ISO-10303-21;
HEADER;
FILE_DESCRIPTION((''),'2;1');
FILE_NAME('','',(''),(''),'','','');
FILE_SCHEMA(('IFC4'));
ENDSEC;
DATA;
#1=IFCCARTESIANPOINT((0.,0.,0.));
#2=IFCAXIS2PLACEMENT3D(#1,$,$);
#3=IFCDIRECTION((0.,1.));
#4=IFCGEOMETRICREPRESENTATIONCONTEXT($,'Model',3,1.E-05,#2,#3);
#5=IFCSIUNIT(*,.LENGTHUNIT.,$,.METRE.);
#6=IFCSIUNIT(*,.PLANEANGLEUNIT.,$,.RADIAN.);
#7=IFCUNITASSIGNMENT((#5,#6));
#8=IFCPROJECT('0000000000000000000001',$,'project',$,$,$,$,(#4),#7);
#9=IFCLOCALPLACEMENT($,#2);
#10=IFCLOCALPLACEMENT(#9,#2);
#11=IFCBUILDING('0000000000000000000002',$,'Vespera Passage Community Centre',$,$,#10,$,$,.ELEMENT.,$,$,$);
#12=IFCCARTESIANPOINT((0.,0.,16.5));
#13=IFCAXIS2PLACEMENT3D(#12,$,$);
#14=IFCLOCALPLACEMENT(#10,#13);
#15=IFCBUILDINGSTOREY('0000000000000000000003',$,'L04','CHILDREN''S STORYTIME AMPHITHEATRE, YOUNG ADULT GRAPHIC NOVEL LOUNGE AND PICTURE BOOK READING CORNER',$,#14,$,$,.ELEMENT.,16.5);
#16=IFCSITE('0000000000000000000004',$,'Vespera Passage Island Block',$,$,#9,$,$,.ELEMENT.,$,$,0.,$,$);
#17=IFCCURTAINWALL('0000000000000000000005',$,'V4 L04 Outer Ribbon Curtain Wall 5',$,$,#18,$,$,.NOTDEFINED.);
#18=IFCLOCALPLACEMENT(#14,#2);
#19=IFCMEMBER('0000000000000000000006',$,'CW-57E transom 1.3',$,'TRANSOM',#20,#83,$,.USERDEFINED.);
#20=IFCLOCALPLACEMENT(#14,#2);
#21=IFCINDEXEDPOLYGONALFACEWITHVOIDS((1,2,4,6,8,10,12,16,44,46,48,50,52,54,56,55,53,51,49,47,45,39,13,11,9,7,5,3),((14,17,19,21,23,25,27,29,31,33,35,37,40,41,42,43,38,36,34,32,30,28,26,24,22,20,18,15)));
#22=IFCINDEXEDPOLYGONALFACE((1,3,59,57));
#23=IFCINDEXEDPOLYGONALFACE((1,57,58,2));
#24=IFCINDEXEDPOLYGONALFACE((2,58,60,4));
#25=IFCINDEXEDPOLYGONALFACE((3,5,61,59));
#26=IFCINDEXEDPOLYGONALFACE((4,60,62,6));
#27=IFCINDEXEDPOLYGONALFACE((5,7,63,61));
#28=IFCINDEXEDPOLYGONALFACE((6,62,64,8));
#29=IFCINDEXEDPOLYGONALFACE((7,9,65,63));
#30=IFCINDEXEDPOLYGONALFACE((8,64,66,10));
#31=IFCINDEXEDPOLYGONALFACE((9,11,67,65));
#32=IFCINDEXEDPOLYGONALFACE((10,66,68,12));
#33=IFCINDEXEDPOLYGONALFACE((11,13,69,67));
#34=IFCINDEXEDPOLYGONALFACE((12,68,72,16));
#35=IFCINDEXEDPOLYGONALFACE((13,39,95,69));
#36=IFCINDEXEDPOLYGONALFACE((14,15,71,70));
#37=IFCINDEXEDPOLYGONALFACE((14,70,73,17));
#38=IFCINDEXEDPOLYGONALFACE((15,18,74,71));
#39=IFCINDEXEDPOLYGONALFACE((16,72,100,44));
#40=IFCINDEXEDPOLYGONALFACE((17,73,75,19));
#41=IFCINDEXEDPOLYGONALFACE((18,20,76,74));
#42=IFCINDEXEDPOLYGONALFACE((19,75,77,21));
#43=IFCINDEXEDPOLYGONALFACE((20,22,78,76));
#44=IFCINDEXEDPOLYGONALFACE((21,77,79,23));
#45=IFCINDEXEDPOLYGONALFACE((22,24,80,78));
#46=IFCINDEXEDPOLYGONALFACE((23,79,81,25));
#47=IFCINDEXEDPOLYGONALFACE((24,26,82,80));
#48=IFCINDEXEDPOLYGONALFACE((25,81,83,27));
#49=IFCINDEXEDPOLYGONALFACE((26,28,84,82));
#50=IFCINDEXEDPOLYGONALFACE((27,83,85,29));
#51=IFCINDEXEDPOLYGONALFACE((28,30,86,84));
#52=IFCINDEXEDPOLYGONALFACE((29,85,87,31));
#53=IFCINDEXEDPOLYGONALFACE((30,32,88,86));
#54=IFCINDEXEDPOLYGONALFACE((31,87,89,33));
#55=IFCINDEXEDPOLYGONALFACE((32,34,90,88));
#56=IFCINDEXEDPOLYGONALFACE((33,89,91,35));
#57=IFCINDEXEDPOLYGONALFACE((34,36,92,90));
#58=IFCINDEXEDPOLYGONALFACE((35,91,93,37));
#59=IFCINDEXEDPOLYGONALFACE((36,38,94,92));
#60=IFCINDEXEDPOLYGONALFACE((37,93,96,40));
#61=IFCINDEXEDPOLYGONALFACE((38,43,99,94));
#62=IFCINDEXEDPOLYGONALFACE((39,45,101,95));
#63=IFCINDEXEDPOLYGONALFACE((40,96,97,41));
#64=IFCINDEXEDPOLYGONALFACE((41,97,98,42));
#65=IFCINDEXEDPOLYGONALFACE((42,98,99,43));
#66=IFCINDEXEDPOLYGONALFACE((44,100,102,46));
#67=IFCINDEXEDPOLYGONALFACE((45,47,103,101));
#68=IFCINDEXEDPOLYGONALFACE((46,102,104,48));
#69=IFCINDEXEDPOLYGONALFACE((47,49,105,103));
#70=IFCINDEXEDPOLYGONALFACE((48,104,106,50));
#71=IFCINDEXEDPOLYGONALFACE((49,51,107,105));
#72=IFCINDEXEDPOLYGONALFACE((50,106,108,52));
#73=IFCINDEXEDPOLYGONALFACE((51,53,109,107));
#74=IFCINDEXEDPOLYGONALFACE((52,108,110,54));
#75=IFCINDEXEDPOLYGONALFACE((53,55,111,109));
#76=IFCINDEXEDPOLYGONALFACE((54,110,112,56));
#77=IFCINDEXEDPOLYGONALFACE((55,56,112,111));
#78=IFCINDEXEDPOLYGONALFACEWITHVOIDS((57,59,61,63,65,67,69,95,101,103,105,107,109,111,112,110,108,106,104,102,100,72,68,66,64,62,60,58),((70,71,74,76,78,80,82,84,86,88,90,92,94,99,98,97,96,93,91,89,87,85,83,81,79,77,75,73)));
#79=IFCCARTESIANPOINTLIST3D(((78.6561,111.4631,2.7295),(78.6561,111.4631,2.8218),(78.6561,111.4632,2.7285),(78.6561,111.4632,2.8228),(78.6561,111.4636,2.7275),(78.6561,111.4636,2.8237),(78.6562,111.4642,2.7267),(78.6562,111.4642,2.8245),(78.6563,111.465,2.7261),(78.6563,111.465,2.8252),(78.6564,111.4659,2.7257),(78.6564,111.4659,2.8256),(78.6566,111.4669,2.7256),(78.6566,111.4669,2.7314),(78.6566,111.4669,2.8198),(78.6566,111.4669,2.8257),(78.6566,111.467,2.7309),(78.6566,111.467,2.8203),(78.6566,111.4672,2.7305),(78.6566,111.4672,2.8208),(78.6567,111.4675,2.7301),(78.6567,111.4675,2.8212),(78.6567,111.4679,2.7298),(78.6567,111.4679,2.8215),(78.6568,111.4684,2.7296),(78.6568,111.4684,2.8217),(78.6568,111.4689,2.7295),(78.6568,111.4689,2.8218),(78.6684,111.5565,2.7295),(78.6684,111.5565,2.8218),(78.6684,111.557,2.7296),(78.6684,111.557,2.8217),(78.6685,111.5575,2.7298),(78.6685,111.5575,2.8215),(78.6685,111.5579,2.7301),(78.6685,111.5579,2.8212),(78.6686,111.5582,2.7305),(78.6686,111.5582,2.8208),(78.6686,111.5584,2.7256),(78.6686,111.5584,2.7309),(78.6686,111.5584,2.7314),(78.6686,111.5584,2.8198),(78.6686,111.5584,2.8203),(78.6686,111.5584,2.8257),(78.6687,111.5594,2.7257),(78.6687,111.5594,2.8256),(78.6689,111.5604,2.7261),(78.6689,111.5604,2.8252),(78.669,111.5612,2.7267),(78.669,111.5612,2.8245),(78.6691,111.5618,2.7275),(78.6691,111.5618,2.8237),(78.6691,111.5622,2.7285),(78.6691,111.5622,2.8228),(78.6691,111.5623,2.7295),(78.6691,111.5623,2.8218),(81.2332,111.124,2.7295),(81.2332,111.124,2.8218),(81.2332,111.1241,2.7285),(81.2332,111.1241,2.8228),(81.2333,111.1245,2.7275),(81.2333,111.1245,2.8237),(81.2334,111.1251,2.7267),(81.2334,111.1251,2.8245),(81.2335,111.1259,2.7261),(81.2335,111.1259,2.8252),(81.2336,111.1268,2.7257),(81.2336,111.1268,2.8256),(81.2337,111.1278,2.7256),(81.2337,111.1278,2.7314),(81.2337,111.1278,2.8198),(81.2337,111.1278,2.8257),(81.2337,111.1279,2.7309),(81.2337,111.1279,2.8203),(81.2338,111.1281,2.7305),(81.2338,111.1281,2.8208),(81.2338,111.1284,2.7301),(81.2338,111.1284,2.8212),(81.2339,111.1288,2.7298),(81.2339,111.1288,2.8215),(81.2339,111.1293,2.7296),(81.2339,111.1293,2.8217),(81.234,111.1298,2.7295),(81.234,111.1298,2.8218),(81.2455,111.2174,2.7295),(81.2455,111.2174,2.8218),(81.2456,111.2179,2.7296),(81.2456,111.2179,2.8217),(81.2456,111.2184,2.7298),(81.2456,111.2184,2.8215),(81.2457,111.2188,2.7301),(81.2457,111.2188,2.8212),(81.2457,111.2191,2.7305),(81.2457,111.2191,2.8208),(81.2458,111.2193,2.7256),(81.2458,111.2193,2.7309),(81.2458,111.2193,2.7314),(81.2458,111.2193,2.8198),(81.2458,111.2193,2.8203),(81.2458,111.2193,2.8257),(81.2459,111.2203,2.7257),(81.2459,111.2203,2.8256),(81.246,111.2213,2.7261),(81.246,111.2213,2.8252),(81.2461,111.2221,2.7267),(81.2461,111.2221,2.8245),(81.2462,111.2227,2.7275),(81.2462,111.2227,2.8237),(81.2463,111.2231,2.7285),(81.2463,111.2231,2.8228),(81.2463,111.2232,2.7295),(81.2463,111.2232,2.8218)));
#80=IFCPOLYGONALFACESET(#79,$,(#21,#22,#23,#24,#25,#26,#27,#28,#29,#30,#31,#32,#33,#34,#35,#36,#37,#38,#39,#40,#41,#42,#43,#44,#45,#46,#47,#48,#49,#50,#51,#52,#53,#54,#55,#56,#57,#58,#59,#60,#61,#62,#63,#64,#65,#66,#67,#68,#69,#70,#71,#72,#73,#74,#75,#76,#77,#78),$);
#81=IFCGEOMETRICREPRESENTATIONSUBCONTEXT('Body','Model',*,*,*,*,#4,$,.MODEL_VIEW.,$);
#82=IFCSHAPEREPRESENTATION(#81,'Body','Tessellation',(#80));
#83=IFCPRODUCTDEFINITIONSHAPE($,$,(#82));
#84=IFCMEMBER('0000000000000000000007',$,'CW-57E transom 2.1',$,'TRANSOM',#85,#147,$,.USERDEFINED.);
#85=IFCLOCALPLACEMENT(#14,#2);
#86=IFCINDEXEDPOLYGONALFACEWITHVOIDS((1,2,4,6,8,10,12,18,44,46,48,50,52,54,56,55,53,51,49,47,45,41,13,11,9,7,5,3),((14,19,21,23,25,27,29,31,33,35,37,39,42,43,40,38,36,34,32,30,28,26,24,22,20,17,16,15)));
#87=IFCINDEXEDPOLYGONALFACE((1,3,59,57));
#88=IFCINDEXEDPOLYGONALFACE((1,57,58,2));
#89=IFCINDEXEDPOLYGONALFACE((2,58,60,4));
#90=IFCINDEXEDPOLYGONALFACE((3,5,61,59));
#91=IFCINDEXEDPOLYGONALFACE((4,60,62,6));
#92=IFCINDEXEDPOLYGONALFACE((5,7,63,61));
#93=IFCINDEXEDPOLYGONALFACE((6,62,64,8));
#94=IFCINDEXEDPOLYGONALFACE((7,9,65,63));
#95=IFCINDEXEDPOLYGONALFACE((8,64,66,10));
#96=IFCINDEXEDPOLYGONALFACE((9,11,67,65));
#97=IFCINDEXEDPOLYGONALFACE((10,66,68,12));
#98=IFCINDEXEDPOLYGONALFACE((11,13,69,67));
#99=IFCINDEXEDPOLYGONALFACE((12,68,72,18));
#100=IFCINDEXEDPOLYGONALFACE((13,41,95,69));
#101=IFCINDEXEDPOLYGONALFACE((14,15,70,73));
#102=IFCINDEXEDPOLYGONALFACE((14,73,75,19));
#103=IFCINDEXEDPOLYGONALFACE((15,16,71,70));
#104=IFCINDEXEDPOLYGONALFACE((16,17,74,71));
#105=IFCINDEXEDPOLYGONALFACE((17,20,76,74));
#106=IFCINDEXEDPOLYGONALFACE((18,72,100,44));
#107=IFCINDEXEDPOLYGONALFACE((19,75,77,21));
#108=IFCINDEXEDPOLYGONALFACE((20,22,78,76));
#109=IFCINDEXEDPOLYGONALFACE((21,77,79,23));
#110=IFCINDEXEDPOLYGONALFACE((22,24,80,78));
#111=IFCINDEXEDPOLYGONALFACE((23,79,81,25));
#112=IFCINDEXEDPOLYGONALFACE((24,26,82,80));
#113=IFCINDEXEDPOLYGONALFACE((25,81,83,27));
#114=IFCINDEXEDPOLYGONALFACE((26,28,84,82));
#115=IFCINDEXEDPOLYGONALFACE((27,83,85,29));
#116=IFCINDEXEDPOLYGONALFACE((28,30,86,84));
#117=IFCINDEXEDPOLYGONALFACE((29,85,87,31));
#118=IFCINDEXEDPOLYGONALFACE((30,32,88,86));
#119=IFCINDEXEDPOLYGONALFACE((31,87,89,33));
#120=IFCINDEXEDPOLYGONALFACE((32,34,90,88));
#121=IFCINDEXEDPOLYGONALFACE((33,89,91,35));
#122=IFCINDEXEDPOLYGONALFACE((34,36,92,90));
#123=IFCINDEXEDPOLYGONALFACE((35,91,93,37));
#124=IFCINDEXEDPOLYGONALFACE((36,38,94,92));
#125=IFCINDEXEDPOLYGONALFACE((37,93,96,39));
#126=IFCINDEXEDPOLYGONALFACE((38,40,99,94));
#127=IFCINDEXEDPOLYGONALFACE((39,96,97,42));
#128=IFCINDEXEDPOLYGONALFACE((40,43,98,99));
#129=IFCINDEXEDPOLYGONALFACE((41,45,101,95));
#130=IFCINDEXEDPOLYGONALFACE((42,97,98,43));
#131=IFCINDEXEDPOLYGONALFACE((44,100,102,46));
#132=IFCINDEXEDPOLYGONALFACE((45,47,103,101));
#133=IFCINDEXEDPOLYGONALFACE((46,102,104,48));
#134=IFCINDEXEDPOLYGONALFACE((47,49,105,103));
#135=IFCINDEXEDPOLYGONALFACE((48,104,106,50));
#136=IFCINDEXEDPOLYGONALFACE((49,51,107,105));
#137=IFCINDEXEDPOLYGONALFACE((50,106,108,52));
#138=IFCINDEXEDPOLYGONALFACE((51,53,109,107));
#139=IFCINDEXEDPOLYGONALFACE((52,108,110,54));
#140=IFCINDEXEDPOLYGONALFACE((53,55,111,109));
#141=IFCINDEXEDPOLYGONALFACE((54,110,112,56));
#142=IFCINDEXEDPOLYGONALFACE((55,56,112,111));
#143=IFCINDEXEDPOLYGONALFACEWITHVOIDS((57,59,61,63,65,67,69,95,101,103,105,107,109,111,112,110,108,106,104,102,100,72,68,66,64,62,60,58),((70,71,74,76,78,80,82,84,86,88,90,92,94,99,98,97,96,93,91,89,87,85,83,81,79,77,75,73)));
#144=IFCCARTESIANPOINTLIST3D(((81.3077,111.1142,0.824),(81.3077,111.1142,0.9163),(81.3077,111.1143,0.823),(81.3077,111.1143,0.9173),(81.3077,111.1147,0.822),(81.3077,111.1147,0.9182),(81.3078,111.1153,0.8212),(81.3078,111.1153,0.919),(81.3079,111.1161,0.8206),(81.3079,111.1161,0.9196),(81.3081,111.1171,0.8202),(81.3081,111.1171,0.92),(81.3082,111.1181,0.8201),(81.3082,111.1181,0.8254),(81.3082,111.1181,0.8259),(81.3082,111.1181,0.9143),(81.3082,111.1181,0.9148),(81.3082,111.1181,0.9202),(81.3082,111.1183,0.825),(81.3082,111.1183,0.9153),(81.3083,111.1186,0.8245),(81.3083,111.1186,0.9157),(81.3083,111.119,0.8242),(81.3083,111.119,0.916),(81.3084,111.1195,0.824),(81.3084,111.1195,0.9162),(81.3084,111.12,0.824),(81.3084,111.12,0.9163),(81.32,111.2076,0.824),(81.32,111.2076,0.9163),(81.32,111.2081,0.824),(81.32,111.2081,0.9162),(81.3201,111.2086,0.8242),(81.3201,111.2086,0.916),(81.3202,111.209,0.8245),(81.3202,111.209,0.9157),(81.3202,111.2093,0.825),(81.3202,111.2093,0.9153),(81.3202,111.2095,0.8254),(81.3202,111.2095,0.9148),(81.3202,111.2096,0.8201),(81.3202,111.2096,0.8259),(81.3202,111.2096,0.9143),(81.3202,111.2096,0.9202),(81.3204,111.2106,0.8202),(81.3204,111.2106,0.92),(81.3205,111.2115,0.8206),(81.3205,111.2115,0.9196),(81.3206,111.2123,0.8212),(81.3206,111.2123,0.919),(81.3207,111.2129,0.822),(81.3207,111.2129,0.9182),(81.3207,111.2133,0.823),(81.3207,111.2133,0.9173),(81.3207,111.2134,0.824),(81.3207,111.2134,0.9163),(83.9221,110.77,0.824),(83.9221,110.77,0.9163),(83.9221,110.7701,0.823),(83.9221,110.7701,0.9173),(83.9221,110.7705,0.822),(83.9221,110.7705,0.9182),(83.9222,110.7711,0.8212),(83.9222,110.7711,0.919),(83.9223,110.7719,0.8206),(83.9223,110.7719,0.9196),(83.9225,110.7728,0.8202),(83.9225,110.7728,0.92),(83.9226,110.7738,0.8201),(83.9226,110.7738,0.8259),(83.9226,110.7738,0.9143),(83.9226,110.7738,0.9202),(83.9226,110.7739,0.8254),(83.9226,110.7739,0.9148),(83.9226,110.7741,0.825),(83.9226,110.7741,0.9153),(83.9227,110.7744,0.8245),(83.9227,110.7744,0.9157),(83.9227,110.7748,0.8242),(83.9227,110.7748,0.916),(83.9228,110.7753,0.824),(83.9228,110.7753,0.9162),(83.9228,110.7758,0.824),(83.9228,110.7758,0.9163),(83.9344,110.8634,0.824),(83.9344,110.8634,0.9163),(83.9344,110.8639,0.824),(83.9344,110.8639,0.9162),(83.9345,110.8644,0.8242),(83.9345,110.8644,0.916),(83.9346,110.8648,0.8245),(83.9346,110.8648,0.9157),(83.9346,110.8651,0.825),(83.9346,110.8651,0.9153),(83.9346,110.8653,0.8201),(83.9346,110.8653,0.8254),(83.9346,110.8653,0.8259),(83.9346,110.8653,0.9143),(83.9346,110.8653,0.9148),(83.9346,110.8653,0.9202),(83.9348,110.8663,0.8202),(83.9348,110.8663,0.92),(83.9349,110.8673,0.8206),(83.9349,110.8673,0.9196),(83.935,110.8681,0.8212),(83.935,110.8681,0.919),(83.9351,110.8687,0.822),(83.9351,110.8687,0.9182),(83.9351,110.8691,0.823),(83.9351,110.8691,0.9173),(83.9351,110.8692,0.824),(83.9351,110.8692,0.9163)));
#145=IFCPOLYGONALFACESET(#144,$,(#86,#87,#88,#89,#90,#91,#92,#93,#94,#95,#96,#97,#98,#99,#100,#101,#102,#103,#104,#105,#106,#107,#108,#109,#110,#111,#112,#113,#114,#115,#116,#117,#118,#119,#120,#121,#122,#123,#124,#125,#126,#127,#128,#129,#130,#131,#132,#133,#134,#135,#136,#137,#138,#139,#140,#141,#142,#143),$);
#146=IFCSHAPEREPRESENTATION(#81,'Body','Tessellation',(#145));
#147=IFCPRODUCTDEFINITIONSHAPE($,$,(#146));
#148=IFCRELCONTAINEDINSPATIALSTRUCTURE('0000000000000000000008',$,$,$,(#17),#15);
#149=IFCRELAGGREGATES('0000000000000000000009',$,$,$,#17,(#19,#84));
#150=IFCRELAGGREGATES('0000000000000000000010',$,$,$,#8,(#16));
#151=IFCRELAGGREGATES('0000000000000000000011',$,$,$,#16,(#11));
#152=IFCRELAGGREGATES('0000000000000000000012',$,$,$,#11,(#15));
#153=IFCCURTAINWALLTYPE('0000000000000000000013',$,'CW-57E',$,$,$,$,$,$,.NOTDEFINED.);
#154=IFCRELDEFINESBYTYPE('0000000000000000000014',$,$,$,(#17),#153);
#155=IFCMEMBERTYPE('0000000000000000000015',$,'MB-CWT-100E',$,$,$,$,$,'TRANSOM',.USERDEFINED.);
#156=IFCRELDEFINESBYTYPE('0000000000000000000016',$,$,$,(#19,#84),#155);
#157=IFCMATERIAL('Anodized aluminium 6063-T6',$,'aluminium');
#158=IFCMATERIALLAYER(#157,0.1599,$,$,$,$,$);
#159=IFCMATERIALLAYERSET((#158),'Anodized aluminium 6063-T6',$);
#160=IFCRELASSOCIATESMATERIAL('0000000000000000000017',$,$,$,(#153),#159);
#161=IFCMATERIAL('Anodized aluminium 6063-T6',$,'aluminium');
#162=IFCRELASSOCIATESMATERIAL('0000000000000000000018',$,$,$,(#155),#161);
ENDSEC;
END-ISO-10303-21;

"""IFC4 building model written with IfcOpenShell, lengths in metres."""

from ifc_helpers import new_model, si_unit, direction, frame, origin, origin_2d, place, context, subcontext, project, spatial, hollow_rectangle, extrude, material, layer, layer_set, material_profile, profile_set, type_object, element, aggregate, save


model = new_model("IFC4")

# Units and contexts
model_context = context("Model", 3, precision=1e-05, world=origin(), true_north=direction((0.0, 1.0)))
body_context = subcontext(model_context, "Body", "Model", "MODEL_VIEW")
ifc_project = project(units=[si_unit("LENGTHUNIT", "METRE"), si_unit("PLANEANGLEUNIT", "RADIAN")], contexts=[model_context])

# Site, building, storey
site_placement = place(None, origin())
site = spatial("IfcSite", under=ifc_project, at=site_placement, Name="Vespera Passage Island Block", CompositionType="ELEMENT", RefElevation=0.0)
building_placement = place(site_placement, origin())
building = spatial("IfcBuilding", under=site, at=building_placement, Name="Vespera Passage Community Centre", CompositionType="ELEMENT")
storey_placement = place(building_placement, frame((0.0, 0.0, 16.5)))
storey = spatial("IfcBuildingStorey", under=building, at=storey_placement, Name="L04", Description="CHILDREN'S STORYTIME AMPHITHEATRE, YOUNG ADULT GRAPHIC NOVEL LOUNGE AND PICTURE BOOK READING CORNER", CompositionType="ELEMENT", Elevation=16.5)

# Curtain wall, members
ifc_material_1 = material(Name="Anodized aluminium 6063-T6", Category="aluminium")
ifc_layer_1 = layer(ifc_material_1, 0.1599)
ifc_layer_set_1 = layer_set([ifc_layer_1], Name="Anodized aluminium 6063-T6")
curtain_wall_type = type_object("IfcCurtainWallType", Name="CW-57E", PredefinedType="NOTDEFINED", material=ifc_layer_set_1)
curtain_wall_placement = place(storey_placement, origin())
curtain_wall = element("IfcCurtainWall", 1, at=curtain_wall_placement, inside=storey, type_object=curtain_wall_type, Name="V4 L04 Outer Ribbon Curtain Wall 5", PredefinedType="NOTDEFINED")
ifc_material_2 = material(Name="Anodized aluminium 6063-T6", Category="aluminium")
ifc_material_profile_1 = material_profile(ifc_material_2, hollow_rectangle(XDim=0.1001, YDim=0.1001, WallThickness=0.0039, InnerFilletRadius=0.002, OuterFilletRadius=0.0039, at=origin_2d()), Name="ALU100X100X4")
ifc_profile_set_1 = profile_set([ifc_material_profile_1], Name="Anodized aluminium 6063-T6")
member_type_1 = type_object("IfcMemberType", Name="MB-CWT-100E", ElementType="TRANSOM", PredefinedType="USERDEFINED", material=ifc_profile_set_1)
member_1_placement = place(storey_placement, frame((78.6626, 111.5127, 2.7756), z_axis=(0.991454, -0.130459, 0.0), x_axis=(0.130459, 0.991454, 0.0)))
member_1 = element("IfcMember", 2, at=member_1_placement, type_object=member_type_1, Name="CW-57E transom 1.3", ObjectType="TRANSOM", PredefinedType="USERDEFINED", context=body_context, shape_type="SweptSolid", body=[
    extrude(hollow_rectangle(XDim=0.1001, YDim=0.1001, WallThickness=0.0039, InnerFilletRadius=0.002, OuterFilletRadius=0.0039, at=origin_2d()), origin(), (0.0, 0.0, 1.0), 2.5994),
])
member_2_placement = place(storey_placement, frame((81.3142, 111.1638, 0.8701), z_axis=(0.991443, -0.130538, 0.0), x_axis=(0.130538, 0.991443, 0.0)))
member_2 = element("IfcMember", 3, at=member_2_placement, type_object=member_type_1, Name="CW-57E transom 2.1", ObjectType="TRANSOM", PredefinedType="USERDEFINED", context=body_context, shape_type="SweptSolid", body=[
    extrude(hollow_rectangle(XDim=0.1001, YDim=0.1001, WallThickness=0.0039, InnerFilletRadius=0.002, OuterFilletRadius=0.0039, at=origin_2d()), origin(), (0.0, 0.0, 1.0), 2.637),
])
aggregate(curtain_wall, [member_1, member_2])

save(model, "model.ifc")
